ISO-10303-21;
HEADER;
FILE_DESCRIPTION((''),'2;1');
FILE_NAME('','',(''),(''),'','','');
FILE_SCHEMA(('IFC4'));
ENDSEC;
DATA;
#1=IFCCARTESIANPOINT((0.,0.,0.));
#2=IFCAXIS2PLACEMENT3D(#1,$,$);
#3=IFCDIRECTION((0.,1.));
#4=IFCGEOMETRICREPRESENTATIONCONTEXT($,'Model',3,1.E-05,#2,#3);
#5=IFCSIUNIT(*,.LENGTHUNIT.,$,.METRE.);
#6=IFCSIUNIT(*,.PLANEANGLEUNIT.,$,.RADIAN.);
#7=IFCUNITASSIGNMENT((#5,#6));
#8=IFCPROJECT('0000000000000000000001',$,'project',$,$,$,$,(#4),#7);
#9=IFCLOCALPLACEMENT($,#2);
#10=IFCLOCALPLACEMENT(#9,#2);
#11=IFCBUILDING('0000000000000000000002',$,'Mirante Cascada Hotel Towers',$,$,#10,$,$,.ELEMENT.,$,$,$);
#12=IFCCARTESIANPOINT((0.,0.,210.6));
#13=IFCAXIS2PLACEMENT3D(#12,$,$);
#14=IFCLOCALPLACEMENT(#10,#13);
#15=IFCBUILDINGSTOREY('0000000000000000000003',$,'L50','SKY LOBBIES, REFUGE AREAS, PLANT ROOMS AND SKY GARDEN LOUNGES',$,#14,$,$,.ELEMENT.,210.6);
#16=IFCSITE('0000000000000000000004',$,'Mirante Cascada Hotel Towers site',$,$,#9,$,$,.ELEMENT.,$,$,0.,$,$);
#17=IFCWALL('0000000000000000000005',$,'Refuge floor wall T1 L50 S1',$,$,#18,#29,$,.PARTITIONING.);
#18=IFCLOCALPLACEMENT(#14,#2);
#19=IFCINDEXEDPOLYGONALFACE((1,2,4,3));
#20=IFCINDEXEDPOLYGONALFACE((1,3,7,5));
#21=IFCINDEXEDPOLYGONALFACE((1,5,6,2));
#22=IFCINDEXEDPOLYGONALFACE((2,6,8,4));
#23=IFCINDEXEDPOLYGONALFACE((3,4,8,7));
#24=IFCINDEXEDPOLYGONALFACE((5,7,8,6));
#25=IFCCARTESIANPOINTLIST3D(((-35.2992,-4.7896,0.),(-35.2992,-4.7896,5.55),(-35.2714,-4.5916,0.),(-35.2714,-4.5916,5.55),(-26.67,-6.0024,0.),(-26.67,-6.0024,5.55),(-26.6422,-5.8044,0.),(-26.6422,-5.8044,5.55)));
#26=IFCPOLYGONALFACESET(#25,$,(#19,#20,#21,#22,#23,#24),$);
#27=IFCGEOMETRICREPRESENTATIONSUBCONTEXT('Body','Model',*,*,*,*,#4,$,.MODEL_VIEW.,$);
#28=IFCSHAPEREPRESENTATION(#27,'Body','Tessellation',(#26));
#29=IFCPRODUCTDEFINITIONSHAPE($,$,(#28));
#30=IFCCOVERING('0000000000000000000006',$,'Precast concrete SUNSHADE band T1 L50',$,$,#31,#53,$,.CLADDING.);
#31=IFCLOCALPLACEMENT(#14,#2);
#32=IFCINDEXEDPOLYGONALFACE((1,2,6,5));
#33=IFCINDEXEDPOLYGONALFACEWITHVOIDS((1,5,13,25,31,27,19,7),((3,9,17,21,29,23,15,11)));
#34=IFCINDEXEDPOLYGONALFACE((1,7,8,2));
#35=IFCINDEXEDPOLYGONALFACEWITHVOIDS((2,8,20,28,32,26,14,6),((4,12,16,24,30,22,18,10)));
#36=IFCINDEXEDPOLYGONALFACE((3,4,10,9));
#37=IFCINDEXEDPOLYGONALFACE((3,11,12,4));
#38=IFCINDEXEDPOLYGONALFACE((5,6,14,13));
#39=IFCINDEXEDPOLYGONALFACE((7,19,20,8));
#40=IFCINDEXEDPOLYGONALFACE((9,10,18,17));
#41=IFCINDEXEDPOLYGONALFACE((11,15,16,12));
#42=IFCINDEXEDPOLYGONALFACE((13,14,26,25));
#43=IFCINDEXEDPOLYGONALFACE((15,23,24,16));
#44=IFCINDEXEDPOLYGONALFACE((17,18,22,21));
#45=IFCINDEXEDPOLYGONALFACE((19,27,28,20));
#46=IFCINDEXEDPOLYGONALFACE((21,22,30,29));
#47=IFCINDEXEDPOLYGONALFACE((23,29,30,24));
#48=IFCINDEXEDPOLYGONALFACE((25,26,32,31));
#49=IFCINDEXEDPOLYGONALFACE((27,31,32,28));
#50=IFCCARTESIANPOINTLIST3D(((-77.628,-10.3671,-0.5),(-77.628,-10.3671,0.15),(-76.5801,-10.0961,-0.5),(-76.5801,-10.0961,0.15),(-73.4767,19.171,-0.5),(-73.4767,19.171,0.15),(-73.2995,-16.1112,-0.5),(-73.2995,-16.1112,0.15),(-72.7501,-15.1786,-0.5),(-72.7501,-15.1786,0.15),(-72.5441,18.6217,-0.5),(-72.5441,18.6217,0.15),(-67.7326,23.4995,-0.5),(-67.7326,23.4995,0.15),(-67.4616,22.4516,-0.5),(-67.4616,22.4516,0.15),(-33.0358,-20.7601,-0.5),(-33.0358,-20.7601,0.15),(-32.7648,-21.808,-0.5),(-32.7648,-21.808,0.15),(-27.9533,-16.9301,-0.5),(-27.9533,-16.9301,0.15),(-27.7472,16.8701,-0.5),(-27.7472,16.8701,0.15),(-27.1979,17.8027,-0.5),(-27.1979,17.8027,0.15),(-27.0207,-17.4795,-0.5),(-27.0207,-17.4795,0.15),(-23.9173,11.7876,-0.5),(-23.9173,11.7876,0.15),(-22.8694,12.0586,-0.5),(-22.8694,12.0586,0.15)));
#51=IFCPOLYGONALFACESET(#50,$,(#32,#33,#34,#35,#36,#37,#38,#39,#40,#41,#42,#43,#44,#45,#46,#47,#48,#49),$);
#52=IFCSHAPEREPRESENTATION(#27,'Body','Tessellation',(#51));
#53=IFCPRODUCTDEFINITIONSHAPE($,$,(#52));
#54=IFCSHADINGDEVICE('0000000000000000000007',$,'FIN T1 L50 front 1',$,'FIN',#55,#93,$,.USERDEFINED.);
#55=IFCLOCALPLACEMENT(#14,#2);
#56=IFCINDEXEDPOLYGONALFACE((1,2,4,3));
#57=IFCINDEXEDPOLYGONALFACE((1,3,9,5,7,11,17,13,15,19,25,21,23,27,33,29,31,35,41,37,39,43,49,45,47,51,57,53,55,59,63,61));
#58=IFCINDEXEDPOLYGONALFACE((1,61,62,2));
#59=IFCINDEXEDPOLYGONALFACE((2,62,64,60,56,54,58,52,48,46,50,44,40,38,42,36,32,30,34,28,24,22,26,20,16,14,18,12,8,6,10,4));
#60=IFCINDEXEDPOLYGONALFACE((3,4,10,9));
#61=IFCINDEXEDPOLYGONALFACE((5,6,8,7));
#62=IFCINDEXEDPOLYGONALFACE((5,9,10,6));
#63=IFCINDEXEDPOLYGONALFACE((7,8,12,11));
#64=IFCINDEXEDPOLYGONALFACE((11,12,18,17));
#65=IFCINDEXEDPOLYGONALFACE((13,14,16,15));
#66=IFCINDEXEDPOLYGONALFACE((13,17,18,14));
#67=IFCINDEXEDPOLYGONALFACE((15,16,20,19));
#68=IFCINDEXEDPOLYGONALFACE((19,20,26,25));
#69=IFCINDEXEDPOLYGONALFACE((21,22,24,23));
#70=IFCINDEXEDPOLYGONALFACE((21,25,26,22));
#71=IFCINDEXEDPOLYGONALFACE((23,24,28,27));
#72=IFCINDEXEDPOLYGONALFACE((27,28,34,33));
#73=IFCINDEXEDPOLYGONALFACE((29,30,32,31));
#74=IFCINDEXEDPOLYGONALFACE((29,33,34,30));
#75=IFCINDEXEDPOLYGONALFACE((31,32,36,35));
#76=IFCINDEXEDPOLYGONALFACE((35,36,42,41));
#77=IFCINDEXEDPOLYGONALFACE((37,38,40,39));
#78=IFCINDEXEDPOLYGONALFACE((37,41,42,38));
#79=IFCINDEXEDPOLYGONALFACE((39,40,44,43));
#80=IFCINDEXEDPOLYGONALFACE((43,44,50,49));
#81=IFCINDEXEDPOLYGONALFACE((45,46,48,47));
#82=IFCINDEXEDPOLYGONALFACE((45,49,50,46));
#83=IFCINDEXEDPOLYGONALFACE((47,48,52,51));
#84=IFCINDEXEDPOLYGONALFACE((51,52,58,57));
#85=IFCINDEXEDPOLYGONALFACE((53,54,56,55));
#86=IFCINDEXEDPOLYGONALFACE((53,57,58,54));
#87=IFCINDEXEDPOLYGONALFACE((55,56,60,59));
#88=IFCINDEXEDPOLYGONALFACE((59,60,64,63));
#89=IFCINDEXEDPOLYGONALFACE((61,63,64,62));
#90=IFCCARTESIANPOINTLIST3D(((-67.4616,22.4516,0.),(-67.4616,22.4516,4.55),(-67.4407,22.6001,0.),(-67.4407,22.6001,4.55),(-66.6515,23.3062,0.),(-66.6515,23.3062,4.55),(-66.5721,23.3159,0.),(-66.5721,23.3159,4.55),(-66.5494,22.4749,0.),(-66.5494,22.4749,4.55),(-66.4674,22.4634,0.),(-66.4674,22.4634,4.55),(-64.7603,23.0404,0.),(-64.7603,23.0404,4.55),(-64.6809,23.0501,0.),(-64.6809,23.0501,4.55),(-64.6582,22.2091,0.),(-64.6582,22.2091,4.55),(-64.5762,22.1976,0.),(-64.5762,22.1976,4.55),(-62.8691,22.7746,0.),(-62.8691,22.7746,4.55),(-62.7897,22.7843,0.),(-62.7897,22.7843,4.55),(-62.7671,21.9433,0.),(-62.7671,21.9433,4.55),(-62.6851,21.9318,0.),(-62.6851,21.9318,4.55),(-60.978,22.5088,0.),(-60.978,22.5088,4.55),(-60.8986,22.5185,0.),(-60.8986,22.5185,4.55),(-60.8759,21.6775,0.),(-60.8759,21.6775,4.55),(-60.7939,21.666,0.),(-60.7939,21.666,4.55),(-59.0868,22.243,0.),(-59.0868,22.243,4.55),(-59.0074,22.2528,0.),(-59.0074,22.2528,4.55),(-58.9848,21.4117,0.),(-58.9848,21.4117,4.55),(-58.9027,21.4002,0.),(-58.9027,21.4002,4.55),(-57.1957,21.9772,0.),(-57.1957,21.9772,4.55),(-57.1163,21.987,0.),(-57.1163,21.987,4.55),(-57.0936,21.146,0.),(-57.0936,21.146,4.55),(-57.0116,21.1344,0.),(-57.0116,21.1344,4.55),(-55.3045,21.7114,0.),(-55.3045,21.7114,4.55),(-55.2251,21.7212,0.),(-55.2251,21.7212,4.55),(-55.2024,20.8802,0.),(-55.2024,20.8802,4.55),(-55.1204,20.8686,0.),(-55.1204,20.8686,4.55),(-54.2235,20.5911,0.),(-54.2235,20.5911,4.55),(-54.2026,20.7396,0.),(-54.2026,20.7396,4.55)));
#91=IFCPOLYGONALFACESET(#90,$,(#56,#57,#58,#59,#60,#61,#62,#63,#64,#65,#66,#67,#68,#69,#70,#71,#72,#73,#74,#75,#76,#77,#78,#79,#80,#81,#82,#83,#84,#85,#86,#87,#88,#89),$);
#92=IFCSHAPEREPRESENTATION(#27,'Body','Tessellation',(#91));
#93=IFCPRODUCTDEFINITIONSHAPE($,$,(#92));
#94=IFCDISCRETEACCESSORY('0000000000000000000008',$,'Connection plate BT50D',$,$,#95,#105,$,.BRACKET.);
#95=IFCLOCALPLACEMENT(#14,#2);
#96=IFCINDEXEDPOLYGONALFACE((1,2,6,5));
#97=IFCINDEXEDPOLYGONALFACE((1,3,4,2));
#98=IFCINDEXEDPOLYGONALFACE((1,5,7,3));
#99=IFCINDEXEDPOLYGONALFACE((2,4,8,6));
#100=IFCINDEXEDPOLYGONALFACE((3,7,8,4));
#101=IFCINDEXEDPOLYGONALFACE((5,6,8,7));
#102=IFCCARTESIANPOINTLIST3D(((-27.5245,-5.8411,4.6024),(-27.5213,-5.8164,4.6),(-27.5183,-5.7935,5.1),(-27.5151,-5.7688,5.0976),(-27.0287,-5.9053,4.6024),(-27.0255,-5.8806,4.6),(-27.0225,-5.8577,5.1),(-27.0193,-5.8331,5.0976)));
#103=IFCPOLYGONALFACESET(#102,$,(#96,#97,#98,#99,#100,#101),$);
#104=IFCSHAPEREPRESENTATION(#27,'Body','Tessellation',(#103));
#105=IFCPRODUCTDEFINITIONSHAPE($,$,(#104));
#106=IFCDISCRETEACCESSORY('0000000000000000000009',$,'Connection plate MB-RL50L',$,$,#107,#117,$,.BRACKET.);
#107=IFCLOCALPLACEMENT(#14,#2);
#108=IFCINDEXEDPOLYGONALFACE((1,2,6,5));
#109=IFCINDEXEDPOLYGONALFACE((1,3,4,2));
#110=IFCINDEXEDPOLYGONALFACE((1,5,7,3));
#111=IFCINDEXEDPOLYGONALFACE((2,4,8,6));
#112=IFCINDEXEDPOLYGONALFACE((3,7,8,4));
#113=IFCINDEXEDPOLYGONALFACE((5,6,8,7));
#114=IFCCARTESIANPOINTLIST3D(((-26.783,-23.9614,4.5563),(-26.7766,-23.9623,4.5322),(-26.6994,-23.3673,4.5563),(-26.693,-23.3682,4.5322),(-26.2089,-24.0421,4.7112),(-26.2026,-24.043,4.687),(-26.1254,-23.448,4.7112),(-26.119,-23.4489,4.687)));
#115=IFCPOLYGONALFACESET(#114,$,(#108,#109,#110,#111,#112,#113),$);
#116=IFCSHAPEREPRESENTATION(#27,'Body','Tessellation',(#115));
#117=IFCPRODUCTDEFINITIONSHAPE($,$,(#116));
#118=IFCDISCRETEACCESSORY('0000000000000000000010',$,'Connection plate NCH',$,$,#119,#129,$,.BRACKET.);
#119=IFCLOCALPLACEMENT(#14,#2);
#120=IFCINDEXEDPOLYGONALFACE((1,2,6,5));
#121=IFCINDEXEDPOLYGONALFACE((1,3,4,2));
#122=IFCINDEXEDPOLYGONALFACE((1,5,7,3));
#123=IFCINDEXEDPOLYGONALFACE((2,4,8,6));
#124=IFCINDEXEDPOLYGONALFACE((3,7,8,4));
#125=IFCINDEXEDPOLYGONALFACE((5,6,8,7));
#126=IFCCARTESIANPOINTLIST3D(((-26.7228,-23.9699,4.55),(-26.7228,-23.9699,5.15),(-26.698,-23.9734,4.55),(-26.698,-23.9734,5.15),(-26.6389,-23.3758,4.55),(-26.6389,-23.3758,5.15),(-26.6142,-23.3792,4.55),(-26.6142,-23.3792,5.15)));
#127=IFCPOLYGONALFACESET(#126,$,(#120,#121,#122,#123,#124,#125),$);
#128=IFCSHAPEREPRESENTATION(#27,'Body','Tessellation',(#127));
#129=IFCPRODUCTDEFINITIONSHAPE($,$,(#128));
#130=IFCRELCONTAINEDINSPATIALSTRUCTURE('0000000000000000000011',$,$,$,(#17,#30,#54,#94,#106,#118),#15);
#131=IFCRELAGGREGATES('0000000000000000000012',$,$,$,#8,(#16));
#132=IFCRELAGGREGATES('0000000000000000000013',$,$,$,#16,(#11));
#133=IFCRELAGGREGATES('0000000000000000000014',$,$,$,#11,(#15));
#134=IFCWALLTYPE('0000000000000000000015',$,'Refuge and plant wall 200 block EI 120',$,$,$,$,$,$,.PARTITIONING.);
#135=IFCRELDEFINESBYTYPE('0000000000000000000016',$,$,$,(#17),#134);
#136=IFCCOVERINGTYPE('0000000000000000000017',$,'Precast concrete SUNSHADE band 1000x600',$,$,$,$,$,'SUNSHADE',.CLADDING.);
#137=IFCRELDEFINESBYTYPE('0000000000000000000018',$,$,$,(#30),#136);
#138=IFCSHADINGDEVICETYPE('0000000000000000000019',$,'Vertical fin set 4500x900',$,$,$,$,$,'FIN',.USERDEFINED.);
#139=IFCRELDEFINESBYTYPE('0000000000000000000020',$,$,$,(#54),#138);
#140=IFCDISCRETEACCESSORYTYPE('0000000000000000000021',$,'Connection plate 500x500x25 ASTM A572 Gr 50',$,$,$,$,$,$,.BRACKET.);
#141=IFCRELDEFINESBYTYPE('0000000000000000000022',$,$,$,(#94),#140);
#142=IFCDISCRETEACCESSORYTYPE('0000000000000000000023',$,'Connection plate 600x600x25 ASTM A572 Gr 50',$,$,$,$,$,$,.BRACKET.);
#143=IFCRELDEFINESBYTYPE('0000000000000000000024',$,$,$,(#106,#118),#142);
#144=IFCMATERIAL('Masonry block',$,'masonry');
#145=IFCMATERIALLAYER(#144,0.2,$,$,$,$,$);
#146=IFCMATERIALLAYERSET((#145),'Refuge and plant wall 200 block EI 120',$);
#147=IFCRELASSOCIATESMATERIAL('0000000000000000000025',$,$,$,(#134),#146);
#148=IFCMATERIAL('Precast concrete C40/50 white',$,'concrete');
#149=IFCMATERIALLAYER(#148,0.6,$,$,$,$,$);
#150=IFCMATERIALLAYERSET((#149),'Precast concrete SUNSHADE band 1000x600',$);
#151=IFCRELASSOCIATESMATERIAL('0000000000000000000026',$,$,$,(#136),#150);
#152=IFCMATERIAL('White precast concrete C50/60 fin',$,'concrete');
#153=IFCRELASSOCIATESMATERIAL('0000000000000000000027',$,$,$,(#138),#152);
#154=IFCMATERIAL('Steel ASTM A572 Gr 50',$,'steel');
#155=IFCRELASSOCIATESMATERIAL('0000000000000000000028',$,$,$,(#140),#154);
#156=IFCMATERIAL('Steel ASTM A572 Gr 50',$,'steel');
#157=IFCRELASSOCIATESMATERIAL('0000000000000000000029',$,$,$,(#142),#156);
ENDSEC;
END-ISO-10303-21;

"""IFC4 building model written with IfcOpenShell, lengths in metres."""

from ifc_helpers import new_model, si_unit, direction, frame, frame_2d, origin, origin_2d, place, context, subcontext, project, spatial, polyline, rectangle, outline, extrude, material, layer, layer_set, material_profile, profile_set, type_object, element, save


model = new_model("IFC4")

# Units and contexts
model_context = context("Model", 3, precision=1e-05, world=origin(), true_north=direction((0.0, 1.0)))
body_context = subcontext(model_context, "Body", "Model", "MODEL_VIEW")
ifc_project = project(units=[si_unit("LENGTHUNIT", "METRE"), si_unit("PLANEANGLEUNIT", "RADIAN")], contexts=[model_context])

# Site, building, storey
site_placement = place(None, origin())
site = spatial("IfcSite", under=ifc_project, at=site_placement, Name="Mirante Cascada Hotel Towers site", CompositionType="ELEMENT", RefElevation=0.0)
building_placement = place(site_placement, origin())
building = spatial("IfcBuilding", under=site, at=building_placement, Name="Mirante Cascada Hotel Towers", CompositionType="ELEMENT")
storey_placement = place(building_placement, frame((0.0, 0.0, 210.6)))
storey = spatial("IfcBuildingStorey", under=building, at=storey_placement, Name="L50", Description="SKY LOBBIES, REFUGE AREAS, PLANT ROOMS AND SKY GARDEN LOUNGES", CompositionType="ELEMENT", Elevation=210.6)

# Wall
ifc_material_1 = material(Name="Masonry block", Category="masonry")
ifc_layer_1 = layer(ifc_material_1, 0.2)
ifc_layer_set_1 = layer_set([ifc_layer_1], Name="Refuge and plant wall 200 block EI 120")
wall_type_1 = type_object("IfcWallType", Name="Refuge and plant wall 200 block EI 120", PredefinedType="PARTITIONING", material=ifc_layer_set_1)
wall_1_placement = place(storey_placement, frame((-26.6561, -5.9034, 0.0), z_axis=(0.0, 0.0, 1.0), x_axis=(-0.990267, 0.139178, 0.0)))
element("IfcWall", 1, at=wall_1_placement, inside=storey, type_object=wall_type_1, Name="Refuge floor wall T1 L50 S1", PredefinedType="PARTITIONING", context=body_context, shape_type="SweptSolid", body=[
    extrude(rectangle(XDim=8.714, YDim=0.2, at=frame_2d((4.357, 0.0))), origin(), (0.0, 0.0, 1.0), 5.55),
])

# Covering
ifc_material_2 = material(Name="Precast concrete C40/50 white", Category="concrete")
ifc_layer_2 = layer(ifc_material_2, 0.6)
ifc_layer_set_2 = layer_set([ifc_layer_2], Name="Precast concrete SUNSHADE band 1000x600")
covering_type = type_object("IfcCoveringType", Name="Precast concrete SUNSHADE band 1000x600", ElementType="SUNSHADE", PredefinedType="CLADDING", material=ifc_layer_set_2)
covering_placement = place(storey_placement, frame((0.0, 0.0, -0.5)))
element("IfcCovering", 2, at=covering_placement, inside=storey, type_object=covering_type, Name="Precast concrete SUNSHADE band T1 L50", PredefinedType="CLADDING", context=body_context, shape_type="SweptSolid", body=[
    extrude(outline(polyline([(-77.628, -10.3671), (-73.4767, 19.171), (-67.7326, 23.4995), (-27.1979, 17.8027), (-22.8694, 12.0586), (-27.0207, -17.4795), (-32.7648, -21.808), (-73.2995, -16.1112), (-77.628, -10.3671)]), holes=[polyline([(-23.9173, 11.7876), (-27.7472, 16.8701), (-67.4616, 22.4516), (-72.5441, 18.6217), (-76.5801, -10.0961), (-72.7501, -15.1786), (-33.0358, -20.7601), (-27.9533, -16.9301), (-23.9173, 11.7876)])]), origin(), (0.0, 0.0, 1.0), 0.65),
])

# Shading device
ifc_material_3 = material(Name="White precast concrete C50/60 fin", Category="concrete")
shading_device_type = type_object("IfcShadingDeviceType", Name="Vertical fin set 4500x900", ElementType="FIN", PredefinedType="USERDEFINED", material=ifc_material_3)
shading_device_placement = place(storey_placement, origin())
element("IfcShadingDevice", 3, at=shading_device_placement, inside=storey, type_object=shading_device_type, Name="FIN T1 L50 front 1", ObjectType="FIN", PredefinedType="USERDEFINED", context=body_context, shape_type="SweptSolid", body=[
    extrude(outline(polyline([(-55.1204, 20.8686), (-54.2026, 20.7396), (-54.2235, 20.5911), (-67.4616, 22.4516), (-67.4407, 22.6001), (-66.5494, 22.4749), (-66.6515, 23.3062), (-66.5721, 23.3159), (-66.4674, 22.4634), (-64.6582, 22.2091), (-64.7603, 23.0404), (-64.6809, 23.0501), (-64.5762, 22.1976), (-62.7671, 21.9433), (-62.8691, 22.7746), (-62.7897, 22.7843), (-62.6851, 21.9318), (-60.8759, 21.6775), (-60.978, 22.5088), (-60.8986, 22.5185), (-60.7939, 21.666), (-58.9848, 21.4117), (-59.0868, 22.243), (-59.0074, 22.2528), (-58.9027, 21.4002), (-57.0936, 21.146), (-57.1957, 21.9772), (-57.1163, 21.987), (-57.0116, 21.1344), (-55.2024, 20.8802), (-55.3045, 21.7114), (-55.2251, 21.7212), (-55.1204, 20.8686)])), origin(), (0.0, 0.0, 1.0), 4.55),
])

# Discrete accessories
ifc_material_4 = material(Name="Steel ASTM A572 Gr 50", Category="steel")
ifc_material_profile_1 = material_profile(ifc_material_4, rectangle(XDim=0.5, YDim=0.5, at=origin_2d()), Name="Connection plate 500x500x25 ASTM A572 Gr 50")
ifc_profile_set_1 = profile_set([ifc_material_profile_1], Name="Steel ASTM A572 Gr 50")
discrete_accessory_type_1 = type_object("IfcDiscreteAccessoryType", Name="Connection plate 500x500x25 ASTM A572 Gr 50", PredefinedType="BRACKET", material=ifc_profile_set_1)
discrete_accessory_placement = place(storey_placement, frame((-27.2735, -5.8494, 4.8512), z_axis=(0.127888, 0.98714, -0.095916), x_axis=(-0.991712, 0.128481, 0.0)))
element("IfcDiscreteAccessory", 4, at=discrete_accessory_placement, inside=storey, type_object=discrete_accessory_type_1, Name="Connection plate BT50D", PredefinedType="BRACKET", context=body_context, shape_type="SweptSolid", body=[
    extrude(rectangle(XDim=0.5, YDim=0.5, at=origin_2d()), origin(), (0.0, 0.0, 1.0), 0.025),
])
ifc_material_5 = material(Name="Steel ASTM A572 Gr 50", Category="steel")
ifc_material_profile_2 = material_profile(ifc_material_5, rectangle(XDim=0.6, YDim=0.6, at=origin_2d()), Name="Connection plate 600x600x25 ASTM A572 Gr 50")
ifc_profile_set_2 = profile_set([ifc_material_profile_2], Name="Steel ASTM A572 Gr 50")
discrete_accessory_type_2 = type_object("IfcDiscreteAccessoryType", Name="Connection plate 600x600x25 ASTM A572 Gr 50", PredefinedType="BRACKET", material=ifc_profile_set_2)
for number, where, z_axis, x_axis, name in (
    (5, (-26.4478, -23.7056, 4.6096), (-0.255508, 0.035931, 0.966139), (-0.139255, -0.990257, 0.0), "Connection plate MB-RL50L"),
    (6, (-26.6561, -23.6763, 4.85), (-0.990188, 0.139744, 0.0), (-0.139744, -0.990188, 0.0), "Connection plate NCH"),
):
    element("IfcDiscreteAccessory", number, at=place(storey_placement, frame(where, z_axis=z_axis, x_axis=x_axis)), inside=storey, type_object=discrete_accessory_type_2, Name=name, PredefinedType="BRACKET", context=body_context, shape_type="SweptSolid", body=[
        extrude(rectangle(XDim=0.6, YDim=0.6, at=origin_2d()), origin(), (0.0, 0.0, 1.0), 0.025),
    ])

save(model, "model.ifc")
